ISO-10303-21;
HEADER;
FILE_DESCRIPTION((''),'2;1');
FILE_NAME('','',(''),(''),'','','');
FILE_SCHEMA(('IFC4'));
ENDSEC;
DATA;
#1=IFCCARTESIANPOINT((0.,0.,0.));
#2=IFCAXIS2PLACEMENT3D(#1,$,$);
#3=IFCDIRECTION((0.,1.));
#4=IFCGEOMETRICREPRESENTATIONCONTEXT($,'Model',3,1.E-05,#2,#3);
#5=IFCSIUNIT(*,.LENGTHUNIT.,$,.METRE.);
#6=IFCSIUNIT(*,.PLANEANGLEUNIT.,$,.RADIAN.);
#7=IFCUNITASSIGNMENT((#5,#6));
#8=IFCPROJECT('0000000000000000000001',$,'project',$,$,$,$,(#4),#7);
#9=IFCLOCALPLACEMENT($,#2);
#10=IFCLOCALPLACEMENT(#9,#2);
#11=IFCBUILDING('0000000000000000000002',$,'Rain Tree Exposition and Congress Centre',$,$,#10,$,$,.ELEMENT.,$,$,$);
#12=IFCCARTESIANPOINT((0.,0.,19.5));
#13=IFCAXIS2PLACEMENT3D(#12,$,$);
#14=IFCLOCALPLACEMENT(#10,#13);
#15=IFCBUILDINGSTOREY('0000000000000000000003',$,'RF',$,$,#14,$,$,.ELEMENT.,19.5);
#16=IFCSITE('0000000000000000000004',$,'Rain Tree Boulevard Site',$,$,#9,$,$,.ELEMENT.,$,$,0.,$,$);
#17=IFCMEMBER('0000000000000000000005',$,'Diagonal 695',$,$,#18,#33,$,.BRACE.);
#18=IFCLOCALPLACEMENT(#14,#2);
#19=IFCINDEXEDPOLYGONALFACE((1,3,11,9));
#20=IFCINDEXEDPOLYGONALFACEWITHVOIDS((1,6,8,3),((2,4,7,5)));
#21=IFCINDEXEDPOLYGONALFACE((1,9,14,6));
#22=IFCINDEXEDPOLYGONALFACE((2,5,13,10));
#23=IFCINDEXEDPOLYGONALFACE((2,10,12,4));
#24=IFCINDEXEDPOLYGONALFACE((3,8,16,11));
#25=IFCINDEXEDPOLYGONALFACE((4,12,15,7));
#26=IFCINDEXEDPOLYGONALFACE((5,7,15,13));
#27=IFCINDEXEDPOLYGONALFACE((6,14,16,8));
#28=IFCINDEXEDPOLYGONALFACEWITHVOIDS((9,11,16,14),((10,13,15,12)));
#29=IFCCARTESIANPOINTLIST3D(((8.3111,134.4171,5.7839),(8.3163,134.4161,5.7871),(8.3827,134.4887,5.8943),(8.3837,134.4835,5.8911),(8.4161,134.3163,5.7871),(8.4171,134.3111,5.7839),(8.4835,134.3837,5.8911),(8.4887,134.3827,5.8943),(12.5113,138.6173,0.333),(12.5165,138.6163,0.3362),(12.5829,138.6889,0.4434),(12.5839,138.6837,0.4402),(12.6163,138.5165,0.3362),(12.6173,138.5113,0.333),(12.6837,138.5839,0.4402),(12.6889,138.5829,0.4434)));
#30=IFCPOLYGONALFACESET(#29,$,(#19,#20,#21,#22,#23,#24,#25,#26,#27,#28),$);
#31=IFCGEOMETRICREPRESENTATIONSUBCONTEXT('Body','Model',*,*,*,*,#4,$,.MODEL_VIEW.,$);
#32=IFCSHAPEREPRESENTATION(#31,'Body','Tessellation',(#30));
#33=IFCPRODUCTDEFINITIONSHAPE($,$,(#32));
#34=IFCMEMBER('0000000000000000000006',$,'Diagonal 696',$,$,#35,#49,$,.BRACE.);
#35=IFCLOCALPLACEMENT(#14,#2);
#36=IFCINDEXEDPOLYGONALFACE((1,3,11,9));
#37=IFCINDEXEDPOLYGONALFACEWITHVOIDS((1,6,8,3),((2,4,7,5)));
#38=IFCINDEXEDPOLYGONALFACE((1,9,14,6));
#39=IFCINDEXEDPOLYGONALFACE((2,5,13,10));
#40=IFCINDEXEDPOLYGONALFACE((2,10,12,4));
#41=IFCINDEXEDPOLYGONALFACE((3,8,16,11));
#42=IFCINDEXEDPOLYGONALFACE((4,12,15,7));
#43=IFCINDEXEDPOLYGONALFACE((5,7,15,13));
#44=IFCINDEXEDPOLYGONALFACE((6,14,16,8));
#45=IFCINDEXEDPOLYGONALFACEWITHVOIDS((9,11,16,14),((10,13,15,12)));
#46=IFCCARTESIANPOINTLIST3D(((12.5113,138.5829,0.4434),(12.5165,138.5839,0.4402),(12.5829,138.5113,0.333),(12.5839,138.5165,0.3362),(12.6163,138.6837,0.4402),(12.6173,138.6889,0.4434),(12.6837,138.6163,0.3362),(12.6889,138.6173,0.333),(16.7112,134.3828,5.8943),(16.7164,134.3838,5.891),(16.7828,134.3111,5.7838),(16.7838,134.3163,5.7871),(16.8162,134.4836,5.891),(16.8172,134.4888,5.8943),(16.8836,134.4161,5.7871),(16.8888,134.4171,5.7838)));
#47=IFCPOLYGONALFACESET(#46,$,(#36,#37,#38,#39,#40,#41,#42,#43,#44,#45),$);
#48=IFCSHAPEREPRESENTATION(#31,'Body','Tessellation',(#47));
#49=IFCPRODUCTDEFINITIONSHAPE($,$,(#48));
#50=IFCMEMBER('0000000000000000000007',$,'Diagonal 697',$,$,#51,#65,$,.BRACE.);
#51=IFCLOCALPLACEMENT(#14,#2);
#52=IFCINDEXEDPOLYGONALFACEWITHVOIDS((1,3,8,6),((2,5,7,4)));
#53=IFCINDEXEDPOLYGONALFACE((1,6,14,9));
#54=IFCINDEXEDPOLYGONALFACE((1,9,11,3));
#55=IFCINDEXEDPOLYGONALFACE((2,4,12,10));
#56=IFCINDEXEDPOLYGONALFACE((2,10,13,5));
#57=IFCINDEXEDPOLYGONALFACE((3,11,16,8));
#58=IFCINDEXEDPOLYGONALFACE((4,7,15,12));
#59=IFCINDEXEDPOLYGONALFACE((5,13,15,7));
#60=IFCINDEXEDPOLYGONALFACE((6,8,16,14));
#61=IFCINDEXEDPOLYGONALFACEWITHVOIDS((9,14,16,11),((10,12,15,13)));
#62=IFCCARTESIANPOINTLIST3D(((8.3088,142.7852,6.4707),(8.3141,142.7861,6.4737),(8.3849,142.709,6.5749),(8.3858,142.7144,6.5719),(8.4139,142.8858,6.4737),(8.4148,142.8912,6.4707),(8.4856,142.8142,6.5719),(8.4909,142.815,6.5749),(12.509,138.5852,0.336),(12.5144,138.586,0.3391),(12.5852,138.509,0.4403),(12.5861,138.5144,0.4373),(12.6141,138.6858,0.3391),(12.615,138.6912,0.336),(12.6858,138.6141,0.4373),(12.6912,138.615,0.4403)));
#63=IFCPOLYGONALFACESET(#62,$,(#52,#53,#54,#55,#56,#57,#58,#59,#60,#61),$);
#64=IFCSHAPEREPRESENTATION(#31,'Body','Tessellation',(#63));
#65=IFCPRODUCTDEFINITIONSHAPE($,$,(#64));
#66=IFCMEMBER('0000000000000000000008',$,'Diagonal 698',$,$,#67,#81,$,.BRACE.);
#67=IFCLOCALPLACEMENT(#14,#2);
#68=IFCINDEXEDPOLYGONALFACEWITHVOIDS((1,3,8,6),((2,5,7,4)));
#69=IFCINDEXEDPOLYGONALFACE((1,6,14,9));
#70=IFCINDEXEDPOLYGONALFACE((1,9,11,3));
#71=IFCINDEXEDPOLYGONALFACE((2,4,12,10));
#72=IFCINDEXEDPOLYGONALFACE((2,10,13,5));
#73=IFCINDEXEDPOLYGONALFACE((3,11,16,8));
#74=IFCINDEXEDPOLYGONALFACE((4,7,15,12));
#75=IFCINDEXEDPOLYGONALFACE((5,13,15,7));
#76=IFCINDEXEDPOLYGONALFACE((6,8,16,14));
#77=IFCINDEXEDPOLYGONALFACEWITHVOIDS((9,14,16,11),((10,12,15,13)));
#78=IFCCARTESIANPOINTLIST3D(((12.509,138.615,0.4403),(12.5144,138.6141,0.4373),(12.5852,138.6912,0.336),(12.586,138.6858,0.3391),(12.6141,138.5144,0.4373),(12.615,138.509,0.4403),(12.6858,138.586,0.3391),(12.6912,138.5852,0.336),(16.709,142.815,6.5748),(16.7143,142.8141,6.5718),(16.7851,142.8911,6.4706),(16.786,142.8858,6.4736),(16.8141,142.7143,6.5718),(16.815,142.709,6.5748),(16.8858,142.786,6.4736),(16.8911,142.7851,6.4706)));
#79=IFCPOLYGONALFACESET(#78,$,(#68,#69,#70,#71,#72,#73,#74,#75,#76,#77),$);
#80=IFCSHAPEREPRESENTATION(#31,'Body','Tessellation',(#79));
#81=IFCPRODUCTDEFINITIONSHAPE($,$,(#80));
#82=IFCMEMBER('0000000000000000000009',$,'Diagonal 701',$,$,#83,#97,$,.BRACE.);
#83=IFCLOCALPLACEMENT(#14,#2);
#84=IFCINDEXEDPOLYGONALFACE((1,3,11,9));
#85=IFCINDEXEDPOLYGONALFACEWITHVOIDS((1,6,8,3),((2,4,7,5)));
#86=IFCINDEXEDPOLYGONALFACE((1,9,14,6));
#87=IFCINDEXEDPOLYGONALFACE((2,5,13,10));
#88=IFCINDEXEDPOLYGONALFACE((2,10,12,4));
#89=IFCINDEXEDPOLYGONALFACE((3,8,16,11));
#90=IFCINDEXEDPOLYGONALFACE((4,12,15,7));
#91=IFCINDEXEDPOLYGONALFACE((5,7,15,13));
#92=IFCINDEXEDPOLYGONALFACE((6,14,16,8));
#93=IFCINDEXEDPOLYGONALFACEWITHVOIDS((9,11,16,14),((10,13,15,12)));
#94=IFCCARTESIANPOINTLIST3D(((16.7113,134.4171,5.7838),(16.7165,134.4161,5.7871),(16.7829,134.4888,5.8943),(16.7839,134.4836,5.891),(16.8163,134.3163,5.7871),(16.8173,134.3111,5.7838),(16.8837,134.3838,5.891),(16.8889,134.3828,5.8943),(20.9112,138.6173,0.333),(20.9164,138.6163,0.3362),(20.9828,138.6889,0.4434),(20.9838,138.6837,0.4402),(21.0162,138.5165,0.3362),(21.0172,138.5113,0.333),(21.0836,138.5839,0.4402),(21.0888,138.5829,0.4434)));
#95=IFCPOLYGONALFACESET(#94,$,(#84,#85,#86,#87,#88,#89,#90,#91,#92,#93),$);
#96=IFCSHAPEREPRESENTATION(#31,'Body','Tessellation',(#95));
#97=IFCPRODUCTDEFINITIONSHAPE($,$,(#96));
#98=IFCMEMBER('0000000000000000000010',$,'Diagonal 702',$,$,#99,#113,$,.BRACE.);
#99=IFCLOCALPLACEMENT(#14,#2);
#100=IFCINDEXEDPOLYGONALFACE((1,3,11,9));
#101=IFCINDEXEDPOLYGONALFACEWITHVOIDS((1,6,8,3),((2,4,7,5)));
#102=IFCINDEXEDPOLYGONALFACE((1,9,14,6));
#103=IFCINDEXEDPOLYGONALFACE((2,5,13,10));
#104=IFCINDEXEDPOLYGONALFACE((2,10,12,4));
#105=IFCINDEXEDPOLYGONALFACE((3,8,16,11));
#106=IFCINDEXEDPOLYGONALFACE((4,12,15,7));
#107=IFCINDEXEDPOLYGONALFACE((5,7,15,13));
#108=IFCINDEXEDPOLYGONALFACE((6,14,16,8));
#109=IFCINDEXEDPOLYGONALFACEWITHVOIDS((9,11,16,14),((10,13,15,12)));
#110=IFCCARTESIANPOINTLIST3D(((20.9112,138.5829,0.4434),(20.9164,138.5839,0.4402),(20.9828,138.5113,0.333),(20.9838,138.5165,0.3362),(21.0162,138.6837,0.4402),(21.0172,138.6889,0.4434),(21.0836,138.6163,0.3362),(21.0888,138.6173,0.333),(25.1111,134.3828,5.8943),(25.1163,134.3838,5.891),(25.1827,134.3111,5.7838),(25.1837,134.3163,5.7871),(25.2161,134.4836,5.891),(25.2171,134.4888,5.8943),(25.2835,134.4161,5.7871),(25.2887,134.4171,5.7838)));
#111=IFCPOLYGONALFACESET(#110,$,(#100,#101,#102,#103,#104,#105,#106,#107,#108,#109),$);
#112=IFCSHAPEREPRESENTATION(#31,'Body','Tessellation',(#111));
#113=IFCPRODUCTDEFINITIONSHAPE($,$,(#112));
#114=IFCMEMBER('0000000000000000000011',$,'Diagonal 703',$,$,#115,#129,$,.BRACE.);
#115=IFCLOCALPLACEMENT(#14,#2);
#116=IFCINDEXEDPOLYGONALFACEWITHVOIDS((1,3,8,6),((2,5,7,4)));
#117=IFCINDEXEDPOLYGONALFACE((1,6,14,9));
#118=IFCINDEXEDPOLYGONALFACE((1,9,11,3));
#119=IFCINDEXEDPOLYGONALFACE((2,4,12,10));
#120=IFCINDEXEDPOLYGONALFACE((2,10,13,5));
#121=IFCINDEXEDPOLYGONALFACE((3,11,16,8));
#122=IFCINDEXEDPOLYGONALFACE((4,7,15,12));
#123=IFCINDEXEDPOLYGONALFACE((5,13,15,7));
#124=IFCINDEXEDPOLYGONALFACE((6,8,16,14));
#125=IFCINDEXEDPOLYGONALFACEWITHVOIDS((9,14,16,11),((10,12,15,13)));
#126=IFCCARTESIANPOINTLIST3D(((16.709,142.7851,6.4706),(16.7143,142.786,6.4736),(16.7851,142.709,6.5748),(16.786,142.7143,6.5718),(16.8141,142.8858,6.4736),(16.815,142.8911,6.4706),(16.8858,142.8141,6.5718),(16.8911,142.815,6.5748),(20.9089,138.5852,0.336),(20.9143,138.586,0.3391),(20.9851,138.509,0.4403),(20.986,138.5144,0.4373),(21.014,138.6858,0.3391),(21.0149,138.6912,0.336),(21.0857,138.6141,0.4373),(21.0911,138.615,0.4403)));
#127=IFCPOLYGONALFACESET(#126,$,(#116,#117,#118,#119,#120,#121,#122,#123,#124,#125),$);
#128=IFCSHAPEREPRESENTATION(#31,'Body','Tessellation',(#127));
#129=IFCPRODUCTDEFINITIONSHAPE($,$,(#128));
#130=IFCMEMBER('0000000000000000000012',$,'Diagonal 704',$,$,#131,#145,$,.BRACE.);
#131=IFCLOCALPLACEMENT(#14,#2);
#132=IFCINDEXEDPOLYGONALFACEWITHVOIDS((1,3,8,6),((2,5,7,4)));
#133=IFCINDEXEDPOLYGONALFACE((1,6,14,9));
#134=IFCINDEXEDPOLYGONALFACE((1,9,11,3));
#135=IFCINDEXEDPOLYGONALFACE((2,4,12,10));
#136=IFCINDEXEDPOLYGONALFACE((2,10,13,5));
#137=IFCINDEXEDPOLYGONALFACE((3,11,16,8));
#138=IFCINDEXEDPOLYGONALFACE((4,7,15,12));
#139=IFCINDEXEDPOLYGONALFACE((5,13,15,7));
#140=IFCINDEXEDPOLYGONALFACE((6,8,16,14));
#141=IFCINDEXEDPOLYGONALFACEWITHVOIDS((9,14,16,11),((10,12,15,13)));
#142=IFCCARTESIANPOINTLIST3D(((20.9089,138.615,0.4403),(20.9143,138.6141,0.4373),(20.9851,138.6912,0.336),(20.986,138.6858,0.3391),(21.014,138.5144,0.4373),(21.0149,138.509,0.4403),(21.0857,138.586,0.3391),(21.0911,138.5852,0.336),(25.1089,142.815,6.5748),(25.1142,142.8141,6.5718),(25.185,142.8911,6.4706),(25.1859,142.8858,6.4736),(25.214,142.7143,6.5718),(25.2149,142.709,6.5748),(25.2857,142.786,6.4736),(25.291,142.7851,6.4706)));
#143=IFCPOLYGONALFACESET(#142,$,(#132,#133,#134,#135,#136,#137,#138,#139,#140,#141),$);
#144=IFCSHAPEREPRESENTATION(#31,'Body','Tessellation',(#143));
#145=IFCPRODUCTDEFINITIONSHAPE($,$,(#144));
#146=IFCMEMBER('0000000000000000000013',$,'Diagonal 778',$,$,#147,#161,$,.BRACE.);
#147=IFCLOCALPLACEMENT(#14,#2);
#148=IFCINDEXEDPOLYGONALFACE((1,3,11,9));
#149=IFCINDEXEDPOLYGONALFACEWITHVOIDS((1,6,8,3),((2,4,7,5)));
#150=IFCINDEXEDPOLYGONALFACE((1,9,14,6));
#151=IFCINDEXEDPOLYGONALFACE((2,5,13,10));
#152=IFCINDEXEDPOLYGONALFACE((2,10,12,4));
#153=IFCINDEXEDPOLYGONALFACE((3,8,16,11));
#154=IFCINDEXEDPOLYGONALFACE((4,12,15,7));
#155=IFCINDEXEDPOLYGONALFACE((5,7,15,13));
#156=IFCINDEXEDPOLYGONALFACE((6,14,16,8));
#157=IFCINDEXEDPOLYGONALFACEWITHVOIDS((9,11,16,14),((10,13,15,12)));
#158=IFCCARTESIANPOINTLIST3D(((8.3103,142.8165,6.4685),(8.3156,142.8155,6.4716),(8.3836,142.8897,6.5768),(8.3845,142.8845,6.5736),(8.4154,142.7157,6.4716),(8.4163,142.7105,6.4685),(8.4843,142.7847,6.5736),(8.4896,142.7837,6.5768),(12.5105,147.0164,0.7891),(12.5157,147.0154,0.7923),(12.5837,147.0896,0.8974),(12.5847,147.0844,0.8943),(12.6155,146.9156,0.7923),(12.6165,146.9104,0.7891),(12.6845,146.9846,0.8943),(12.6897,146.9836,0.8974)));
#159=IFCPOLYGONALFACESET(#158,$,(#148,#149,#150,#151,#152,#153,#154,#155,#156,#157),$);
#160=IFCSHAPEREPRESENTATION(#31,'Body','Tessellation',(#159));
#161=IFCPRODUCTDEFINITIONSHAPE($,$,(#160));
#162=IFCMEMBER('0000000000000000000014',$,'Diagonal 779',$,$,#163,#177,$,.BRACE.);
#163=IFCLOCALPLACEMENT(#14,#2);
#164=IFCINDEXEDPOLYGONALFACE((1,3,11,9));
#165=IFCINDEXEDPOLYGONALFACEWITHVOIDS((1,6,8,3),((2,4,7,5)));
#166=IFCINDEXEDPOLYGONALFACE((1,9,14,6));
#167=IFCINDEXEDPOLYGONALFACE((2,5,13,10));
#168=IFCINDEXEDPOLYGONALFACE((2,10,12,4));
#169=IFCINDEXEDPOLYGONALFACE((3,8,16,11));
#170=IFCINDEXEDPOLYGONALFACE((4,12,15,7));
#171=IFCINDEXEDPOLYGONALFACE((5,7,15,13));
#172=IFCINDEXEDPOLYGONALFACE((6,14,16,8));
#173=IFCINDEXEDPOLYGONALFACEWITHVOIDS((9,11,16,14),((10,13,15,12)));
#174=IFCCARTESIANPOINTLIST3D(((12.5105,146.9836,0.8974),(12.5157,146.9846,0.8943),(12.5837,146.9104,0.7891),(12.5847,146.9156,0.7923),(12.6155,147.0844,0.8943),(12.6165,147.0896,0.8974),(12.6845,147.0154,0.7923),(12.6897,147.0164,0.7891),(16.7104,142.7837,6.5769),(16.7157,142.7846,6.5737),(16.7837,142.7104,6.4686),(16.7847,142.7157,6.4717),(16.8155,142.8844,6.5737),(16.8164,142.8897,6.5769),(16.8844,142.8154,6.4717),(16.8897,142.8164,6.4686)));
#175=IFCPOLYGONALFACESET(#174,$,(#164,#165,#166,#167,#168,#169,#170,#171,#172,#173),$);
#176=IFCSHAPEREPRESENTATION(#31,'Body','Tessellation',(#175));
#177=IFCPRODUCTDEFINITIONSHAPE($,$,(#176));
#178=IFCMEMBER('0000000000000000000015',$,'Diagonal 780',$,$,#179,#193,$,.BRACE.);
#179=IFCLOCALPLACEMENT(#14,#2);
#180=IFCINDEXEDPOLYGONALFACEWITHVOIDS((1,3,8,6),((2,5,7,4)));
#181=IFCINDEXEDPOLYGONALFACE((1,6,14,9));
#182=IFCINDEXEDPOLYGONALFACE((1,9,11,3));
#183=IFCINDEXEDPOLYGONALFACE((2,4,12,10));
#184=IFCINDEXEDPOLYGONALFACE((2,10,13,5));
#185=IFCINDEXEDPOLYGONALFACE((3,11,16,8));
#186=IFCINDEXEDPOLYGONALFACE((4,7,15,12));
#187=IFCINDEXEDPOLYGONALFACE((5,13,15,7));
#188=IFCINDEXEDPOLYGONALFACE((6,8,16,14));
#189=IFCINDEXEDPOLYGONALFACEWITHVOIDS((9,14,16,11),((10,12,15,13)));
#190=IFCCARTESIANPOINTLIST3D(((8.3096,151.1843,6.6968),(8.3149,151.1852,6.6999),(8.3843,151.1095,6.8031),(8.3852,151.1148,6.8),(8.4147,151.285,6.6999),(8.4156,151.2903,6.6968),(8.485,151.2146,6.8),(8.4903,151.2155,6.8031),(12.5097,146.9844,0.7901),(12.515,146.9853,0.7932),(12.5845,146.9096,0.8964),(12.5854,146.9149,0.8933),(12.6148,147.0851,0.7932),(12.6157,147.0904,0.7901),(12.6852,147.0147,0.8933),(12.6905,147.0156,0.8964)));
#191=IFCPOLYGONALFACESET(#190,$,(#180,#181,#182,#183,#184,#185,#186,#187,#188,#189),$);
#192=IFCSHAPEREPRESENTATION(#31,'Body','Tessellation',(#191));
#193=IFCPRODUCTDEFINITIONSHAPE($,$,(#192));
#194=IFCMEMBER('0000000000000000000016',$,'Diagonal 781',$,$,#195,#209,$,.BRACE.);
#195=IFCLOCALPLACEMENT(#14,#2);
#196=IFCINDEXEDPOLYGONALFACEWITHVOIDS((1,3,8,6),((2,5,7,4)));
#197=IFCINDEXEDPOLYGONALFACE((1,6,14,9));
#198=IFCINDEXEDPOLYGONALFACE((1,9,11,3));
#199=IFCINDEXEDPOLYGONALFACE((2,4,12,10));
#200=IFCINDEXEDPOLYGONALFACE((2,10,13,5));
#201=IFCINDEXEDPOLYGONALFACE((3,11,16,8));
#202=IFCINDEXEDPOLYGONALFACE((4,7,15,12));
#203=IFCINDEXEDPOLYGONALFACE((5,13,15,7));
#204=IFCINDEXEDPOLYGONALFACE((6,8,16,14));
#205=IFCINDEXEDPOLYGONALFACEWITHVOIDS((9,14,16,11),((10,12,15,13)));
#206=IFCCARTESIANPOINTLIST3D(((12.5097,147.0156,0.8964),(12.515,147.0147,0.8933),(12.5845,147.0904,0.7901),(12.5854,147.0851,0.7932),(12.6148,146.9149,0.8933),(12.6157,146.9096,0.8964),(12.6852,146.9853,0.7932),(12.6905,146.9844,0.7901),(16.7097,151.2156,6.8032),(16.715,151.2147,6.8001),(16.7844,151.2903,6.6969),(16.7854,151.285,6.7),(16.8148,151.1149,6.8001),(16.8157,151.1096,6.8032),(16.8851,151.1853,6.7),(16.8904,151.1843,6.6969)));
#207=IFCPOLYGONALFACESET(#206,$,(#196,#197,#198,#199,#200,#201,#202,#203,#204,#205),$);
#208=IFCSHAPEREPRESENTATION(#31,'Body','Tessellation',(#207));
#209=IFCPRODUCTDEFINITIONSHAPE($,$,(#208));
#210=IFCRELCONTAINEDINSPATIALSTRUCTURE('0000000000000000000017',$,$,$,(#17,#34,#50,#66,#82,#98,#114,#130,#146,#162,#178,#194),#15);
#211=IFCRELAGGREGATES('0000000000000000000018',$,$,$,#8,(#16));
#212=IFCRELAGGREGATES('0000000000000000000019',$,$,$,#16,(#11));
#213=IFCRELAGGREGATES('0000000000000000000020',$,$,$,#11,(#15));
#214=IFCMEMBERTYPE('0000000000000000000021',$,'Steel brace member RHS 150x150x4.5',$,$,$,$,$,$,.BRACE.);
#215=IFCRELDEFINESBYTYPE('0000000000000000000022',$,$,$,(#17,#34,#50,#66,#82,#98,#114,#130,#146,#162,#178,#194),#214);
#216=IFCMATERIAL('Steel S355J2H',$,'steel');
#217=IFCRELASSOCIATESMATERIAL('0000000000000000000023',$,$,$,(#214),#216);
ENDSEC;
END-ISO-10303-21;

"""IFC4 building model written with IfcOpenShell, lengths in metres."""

from ifc_helpers import new_model, si_unit, direction, frame, origin, origin_2d, place, context, subcontext, project, spatial, hollow_rectangle, extrude, material, material_profile, profile_set, type_object, element, save


model = new_model("IFC4")

# Units and contexts
model_context = context("Model", 3, precision=1e-05, world=origin(), true_north=direction((0.0, 1.0)))
body_context = subcontext(model_context, "Body", "Model", "MODEL_VIEW")
ifc_project = project(units=[si_unit("LENGTHUNIT", "METRE"), si_unit("PLANEANGLEUNIT", "RADIAN")], contexts=[model_context])

# Site, building, storey
site_placement = place(None, origin())
site = spatial("IfcSite", under=ifc_project, at=site_placement, Name="Rain Tree Boulevard Site", CompositionType="ELEMENT", RefElevation=0.0)
building_placement = place(site_placement, origin())
building = spatial("IfcBuilding", under=site, at=building_placement, Name="Rain Tree Exposition and Congress Centre", CompositionType="ELEMENT")
storey_placement = place(building_placement, frame((0.0, 0.0, 19.5)))
storey = spatial("IfcBuildingStorey", under=building, at=storey_placement, Name="RF", CompositionType="ELEMENT", Elevation=19.5)

# Members
ifc_material_1 = material(Name="Steel S355J2H", Category="steel")
ifc_material_profile_1 = material_profile(ifc_material_1, hollow_rectangle(XDim=0.1499, YDim=0.1499, WallThickness=0.0044, at=origin_2d()), Name="RHS 150x150x4.5")
ifc_profile_set_1 = profile_set([ifc_material_profile_1], Name="Steel S355J2H")
member_type_1 = type_object("IfcMemberType", Name="Steel brace member RHS 150x150x4.5", PredefinedType="BRACE", material=ifc_profile_set_1)
member_1_placement = place(storey_placement, frame((12.6001, 138.6001, 0.3882), z_axis=(-0.520987, -0.520987, 0.676126), x_axis=(0.707107, -0.707107, 0.0)))
element("IfcMember", 1, at=member_1_placement, inside=storey, type_object=member_type_1, Name="Diagonal 695", PredefinedType="BRACE", context=body_context, shape_type="SweptSolid", body=[
    extrude(hollow_rectangle(XDim=0.1499, YDim=0.1499, WallThickness=0.0044, at=origin_2d()), origin(), (0.0, 0.0, 1.0), 8.062),
])
member_2_placement = place(storey_placement, frame((12.6001, 138.6001, 0.3882), z_axis=(0.520965, -0.520995, 0.676136), x_axis=(0.707127, 0.707086, 0.0)))
element("IfcMember", 2, at=member_2_placement, inside=storey, type_object=member_type_1, Name="Diagonal 696", PredefinedType="BRACE", context=body_context, shape_type="SweptSolid", body=[
    extrude(hollow_rectangle(XDim=0.1499, YDim=0.1499, WallThickness=0.0044, at=origin_2d()), origin(), (0.0, 0.0, 1.0), 8.0618),
])
member_3_placement = place(storey_placement, frame((12.6001, 138.6001, 0.3882), z_axis=(-0.491887, 0.491858, 0.718417), x_axis=(-0.707086, -0.707127, 0.0)))
element("IfcMember", 3, at=member_3_placement, inside=storey, type_object=member_type_1, Name="Diagonal 697", PredefinedType="BRACE", context=body_context, shape_type="SweptSolid", body=[
    extrude(hollow_rectangle(XDim=0.1499, YDim=0.1499, WallThickness=0.0044, at=origin_2d()), origin(), (0.0, 0.0, 1.0), 8.5391),
])
member_4_placement = place(storey_placement, frame((12.6001, 138.6001, 0.3882), z_axis=(0.491865, 0.491865, 0.718427), x_axis=(-0.707107, 0.707107, 0.0)))
element("IfcMember", 4, at=member_4_placement, inside=storey, type_object=member_type_1, Name="Diagonal 698", PredefinedType="BRACE", context=body_context, shape_type="SweptSolid", body=[
    extrude(hollow_rectangle(XDim=0.1499, YDim=0.1499, WallThickness=0.0044, at=origin_2d()), origin(), (0.0, 0.0, 1.0), 8.5388),
])
for number, where, z_axis, x_axis, name in (
    (5, (21.0, 138.6001, 0.3882), (-0.520965, -0.520995, 0.676136), (0.707127, -0.707086, 0.0), "Diagonal 701"),
    (6, (21.0, 138.6001, 0.3882), (0.520965, -0.520995, 0.676136), (0.707127, 0.707086, 0.0), "Diagonal 702"),
):
    element("IfcMember", number, at=place(storey_placement, frame(where, z_axis=z_axis, x_axis=x_axis)), inside=storey, type_object=member_type_1, Name=name, PredefinedType="BRACE", context=body_context, shape_type="SweptSolid", body=[
        extrude(hollow_rectangle(XDim=0.1499, YDim=0.1499, WallThickness=0.0044, at=origin_2d()), origin(), (0.0, 0.0, 1.0), 8.0618),
    ])
for number, where, z_axis, x_axis, name in (
    (7, (21.0, 138.6001, 0.3882), (-0.491865, 0.491865, 0.718427), (-0.707107, -0.707107, 0.0), "Diagonal 703"),
    (8, (21.0, 138.6001, 0.3882), (0.491865, 0.491865, 0.718427), (-0.707107, 0.707107, 0.0), "Diagonal 704"),
):
    element("IfcMember", number, at=place(storey_placement, frame(where, z_axis=z_axis, x_axis=x_axis)), inside=storey, type_object=member_type_1, Name=name, PredefinedType="BRACE", context=body_context, shape_type="SweptSolid", body=[
        extrude(hollow_rectangle(XDim=0.1499, YDim=0.1499, WallThickness=0.0044, at=origin_2d()), origin(), (0.0, 0.0, 1.0), 8.5388),
    ])
for number, where, z_axis, x_axis, name in (
    (9, (12.6001, 147.0, 0.8433), (-0.51109, -0.511061, 0.691089), (0.707086, -0.707127, 0.0), "Diagonal 778"),
    (10, (12.6001, 147.0, 0.8433), (0.511068, -0.511068, 0.691099), (0.707107, 0.707107, 0.0), "Diagonal 779"),
):
    element("IfcMember", number, at=place(storey_placement, frame(where, z_axis=z_axis, x_axis=x_axis)), inside=storey, type_object=member_type_1, Name=name, PredefinedType="BRACE", context=body_context, shape_type="SweptSolid", body=[
        extrude(hollow_rectangle(XDim=0.1499, YDim=0.1499, WallThickness=0.0044, at=origin_2d()), origin(), (0.0, 0.0, 1.0), 8.218),
    ])
for number, where, z_axis, x_axis, name in (
    (11, (12.6001, 147.0, 0.8433), (-0.501408, 0.501379, 0.705131), (-0.707086, -0.707127, 0.0), "Diagonal 780"),
    (12, (12.6001, 147.0, 0.8433), (0.501386, 0.501386, 0.705141), (-0.707107, 0.707107, 0.0), "Diagonal 781"),
):
    element("IfcMember", number, at=place(storey_placement, frame(where, z_axis=z_axis, x_axis=x_axis)), inside=storey, type_object=member_type_1, Name=name, PredefinedType="BRACE", context=body_context, shape_type="SweptSolid", body=[
        extrude(hollow_rectangle(XDim=0.1499, YDim=0.1499, WallThickness=0.0044, at=origin_2d()), origin(), (0.0, 0.0, 1.0), 8.3767),
    ])

save(model, "model.ifc")
